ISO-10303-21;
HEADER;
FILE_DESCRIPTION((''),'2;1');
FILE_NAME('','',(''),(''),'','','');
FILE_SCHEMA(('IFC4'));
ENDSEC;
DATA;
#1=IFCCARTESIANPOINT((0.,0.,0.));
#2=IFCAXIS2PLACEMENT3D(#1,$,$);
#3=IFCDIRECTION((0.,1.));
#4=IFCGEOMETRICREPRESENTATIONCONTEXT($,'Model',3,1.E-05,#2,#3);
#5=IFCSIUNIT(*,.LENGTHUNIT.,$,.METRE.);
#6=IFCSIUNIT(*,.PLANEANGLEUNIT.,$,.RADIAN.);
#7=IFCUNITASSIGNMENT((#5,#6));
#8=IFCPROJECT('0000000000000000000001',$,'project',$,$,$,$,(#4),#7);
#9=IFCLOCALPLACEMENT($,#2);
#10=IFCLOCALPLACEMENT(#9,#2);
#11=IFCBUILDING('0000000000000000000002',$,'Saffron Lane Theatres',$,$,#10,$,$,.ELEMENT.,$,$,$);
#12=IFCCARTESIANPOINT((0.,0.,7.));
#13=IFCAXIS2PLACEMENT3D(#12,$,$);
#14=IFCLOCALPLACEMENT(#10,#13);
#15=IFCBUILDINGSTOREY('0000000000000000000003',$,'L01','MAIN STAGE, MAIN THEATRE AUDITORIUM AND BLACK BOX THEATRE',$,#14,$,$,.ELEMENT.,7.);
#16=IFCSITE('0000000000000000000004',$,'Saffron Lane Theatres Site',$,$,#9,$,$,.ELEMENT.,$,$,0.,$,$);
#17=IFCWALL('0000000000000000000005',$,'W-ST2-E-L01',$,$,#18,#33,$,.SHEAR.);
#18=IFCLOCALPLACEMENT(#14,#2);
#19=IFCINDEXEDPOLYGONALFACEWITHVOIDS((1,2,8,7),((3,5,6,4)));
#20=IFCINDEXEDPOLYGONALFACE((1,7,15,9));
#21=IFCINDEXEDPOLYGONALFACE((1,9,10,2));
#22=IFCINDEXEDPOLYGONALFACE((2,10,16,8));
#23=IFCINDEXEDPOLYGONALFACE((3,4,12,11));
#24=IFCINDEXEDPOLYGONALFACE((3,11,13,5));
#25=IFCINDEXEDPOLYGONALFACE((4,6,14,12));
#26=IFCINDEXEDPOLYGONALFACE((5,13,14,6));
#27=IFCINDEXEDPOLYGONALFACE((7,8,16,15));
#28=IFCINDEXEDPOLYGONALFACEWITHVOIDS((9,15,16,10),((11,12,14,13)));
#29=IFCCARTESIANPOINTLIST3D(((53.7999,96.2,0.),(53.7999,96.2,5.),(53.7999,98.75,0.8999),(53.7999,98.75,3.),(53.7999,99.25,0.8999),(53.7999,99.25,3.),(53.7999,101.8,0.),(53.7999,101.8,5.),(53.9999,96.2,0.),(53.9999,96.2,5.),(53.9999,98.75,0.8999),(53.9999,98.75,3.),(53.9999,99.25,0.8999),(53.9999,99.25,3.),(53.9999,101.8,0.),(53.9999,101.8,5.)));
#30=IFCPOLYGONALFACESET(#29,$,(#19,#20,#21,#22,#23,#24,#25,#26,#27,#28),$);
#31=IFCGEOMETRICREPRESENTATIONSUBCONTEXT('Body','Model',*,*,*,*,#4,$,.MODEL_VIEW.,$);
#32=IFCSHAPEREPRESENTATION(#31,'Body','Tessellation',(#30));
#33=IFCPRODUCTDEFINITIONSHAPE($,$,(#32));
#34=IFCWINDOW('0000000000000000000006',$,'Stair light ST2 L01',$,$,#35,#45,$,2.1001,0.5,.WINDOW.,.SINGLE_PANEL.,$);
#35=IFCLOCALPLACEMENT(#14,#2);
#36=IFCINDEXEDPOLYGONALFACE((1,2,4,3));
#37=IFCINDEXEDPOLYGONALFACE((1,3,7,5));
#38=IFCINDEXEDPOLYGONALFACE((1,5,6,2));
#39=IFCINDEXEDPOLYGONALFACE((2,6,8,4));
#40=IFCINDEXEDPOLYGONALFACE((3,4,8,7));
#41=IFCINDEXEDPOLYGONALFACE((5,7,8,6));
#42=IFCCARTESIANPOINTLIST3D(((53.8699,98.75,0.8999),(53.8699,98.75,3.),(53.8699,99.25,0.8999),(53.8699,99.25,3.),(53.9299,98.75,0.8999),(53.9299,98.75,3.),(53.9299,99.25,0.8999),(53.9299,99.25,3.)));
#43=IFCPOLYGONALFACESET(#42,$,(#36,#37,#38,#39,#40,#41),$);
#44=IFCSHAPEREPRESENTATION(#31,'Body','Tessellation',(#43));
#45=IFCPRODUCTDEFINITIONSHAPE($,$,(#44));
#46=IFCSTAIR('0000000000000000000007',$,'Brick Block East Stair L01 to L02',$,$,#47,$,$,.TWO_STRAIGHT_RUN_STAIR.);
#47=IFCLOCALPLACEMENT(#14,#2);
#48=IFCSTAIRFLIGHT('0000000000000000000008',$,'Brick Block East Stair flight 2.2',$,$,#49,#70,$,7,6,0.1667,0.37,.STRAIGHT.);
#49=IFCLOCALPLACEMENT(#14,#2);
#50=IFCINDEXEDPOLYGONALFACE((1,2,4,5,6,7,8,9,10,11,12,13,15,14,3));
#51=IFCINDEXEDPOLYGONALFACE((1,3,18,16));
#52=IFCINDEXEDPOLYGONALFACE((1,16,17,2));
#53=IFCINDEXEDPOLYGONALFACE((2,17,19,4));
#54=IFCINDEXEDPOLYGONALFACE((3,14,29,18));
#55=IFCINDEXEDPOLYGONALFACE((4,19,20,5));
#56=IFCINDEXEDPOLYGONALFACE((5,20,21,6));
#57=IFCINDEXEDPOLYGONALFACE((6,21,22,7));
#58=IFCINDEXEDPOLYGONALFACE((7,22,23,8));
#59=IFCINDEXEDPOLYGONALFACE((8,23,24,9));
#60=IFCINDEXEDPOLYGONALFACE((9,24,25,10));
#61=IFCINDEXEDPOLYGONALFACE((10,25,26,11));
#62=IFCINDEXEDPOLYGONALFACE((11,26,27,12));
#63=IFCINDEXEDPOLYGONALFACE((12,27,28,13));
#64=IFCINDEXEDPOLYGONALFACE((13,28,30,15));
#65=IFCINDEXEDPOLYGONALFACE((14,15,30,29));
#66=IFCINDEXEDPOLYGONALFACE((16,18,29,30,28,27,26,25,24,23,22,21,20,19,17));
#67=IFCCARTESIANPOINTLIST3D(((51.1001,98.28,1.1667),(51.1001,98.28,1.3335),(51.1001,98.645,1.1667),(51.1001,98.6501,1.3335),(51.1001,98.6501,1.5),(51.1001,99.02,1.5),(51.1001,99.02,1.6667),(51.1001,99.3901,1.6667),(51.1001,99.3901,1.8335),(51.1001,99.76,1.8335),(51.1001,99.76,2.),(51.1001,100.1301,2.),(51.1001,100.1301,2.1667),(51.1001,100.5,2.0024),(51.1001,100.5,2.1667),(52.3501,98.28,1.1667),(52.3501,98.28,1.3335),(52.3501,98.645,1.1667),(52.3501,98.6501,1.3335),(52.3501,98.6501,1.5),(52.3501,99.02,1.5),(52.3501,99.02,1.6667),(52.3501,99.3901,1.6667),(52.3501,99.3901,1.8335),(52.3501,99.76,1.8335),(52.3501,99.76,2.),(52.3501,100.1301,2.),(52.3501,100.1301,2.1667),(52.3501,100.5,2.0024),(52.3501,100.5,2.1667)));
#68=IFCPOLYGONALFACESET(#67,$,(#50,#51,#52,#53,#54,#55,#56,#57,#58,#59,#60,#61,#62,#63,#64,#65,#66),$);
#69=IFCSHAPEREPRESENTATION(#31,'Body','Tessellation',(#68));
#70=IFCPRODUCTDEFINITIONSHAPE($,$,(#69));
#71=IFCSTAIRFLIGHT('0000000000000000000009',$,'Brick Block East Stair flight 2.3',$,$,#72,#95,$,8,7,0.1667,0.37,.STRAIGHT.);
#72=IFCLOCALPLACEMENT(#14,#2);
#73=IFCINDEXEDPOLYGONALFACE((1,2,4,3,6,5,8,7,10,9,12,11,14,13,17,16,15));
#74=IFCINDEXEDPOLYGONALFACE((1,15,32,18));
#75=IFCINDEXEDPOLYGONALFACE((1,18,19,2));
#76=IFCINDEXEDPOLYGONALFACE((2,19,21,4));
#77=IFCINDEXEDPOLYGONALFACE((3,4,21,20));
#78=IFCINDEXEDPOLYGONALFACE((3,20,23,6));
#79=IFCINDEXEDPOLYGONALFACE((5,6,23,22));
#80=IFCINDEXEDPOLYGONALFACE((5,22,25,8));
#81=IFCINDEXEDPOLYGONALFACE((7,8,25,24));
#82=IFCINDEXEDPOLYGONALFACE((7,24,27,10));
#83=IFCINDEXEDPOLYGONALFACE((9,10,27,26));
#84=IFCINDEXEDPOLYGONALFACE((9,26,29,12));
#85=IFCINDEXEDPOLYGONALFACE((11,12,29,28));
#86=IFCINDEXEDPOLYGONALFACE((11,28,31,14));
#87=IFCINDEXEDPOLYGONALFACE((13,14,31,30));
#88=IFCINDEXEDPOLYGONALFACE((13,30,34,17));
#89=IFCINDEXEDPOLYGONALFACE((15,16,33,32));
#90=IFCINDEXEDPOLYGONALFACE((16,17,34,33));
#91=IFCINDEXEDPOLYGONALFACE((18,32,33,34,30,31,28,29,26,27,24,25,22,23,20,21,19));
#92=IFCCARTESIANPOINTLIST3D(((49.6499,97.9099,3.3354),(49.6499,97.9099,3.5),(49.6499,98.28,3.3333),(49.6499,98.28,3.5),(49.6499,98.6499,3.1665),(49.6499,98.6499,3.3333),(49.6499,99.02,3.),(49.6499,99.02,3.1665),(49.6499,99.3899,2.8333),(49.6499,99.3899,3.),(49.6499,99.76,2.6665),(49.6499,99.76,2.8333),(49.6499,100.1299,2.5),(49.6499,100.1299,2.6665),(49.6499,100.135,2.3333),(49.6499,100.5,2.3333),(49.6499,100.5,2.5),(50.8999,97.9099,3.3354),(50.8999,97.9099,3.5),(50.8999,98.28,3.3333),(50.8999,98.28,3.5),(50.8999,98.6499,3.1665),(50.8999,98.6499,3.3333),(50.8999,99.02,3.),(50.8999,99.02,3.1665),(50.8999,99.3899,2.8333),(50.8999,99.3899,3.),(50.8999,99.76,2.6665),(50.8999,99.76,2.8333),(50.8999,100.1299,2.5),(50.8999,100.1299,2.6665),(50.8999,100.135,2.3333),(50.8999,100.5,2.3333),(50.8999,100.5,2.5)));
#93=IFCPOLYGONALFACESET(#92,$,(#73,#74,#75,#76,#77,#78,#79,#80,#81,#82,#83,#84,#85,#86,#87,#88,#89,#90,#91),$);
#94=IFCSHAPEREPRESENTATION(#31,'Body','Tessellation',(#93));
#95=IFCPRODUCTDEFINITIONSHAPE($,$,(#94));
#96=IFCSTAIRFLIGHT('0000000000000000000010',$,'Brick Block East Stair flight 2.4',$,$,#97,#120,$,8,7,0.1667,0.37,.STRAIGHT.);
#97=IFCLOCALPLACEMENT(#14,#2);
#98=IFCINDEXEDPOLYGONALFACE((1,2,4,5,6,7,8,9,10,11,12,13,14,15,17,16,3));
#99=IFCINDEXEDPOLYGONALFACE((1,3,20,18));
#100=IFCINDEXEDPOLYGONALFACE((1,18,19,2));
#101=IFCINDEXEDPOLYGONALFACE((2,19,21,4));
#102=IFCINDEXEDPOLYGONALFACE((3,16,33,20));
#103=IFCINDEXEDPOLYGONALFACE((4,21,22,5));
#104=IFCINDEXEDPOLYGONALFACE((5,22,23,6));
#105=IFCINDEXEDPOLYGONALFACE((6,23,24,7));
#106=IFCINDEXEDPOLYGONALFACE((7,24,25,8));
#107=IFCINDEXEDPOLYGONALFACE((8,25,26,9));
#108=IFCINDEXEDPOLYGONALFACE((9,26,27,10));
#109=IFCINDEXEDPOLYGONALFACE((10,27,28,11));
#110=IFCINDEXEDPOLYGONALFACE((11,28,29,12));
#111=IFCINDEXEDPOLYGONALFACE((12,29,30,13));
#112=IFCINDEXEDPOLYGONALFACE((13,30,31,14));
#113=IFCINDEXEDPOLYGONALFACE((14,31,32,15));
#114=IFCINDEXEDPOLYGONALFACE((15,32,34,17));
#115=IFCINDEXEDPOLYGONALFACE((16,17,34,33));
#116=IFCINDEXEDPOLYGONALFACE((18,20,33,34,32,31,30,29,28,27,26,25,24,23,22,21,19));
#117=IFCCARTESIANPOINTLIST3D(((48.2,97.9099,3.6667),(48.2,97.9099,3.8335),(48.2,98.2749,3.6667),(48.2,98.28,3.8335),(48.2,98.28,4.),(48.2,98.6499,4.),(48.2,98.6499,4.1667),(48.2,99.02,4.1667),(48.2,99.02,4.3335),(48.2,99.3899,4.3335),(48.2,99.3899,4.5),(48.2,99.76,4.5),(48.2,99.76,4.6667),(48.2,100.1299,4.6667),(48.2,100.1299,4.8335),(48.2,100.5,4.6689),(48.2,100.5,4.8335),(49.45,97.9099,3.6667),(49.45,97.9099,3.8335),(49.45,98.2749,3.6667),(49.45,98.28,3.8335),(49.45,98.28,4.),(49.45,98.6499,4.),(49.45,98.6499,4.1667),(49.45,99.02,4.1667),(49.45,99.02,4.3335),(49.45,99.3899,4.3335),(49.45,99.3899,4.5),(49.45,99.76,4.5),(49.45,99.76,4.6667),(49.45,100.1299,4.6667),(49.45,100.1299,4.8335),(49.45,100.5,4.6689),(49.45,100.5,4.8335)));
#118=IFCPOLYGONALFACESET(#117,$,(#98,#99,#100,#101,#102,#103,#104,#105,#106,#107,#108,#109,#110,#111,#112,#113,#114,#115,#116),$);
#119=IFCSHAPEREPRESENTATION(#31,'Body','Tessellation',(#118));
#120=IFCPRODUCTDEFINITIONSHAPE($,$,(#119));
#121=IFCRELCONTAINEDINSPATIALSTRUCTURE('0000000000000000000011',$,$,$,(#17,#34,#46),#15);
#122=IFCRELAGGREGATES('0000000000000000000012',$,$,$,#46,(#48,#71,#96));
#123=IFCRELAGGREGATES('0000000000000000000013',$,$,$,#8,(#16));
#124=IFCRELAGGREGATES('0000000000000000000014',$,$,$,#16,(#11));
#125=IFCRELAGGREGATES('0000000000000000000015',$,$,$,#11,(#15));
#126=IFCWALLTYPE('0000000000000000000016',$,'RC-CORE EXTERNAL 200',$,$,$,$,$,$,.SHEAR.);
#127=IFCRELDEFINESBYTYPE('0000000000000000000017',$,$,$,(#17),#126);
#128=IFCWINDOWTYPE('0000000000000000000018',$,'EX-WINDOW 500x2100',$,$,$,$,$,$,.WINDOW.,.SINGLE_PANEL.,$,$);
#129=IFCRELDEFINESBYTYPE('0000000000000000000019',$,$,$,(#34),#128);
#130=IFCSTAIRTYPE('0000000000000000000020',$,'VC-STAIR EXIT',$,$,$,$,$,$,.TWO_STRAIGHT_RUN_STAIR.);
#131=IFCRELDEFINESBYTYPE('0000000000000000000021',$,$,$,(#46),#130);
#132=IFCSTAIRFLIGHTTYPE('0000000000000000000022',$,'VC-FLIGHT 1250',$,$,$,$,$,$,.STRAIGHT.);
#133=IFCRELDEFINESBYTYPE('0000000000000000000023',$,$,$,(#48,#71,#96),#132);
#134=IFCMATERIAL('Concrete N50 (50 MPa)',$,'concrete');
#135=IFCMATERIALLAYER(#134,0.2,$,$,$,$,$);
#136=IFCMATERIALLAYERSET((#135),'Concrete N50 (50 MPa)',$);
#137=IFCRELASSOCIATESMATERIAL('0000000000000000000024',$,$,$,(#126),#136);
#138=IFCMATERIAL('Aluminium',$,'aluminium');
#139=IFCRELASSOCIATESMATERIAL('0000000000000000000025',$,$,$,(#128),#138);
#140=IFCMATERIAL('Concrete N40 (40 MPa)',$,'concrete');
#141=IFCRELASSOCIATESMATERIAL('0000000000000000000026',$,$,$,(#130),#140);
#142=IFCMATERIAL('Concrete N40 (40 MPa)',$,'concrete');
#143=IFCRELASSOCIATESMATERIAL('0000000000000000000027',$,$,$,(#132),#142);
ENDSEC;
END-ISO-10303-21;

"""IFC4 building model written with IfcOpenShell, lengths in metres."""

from ifc_helpers import new_model, si_unit, direction, frame, frame_2d, origin, place, context, subcontext, project, spatial, polyline, rectangle, outline, extrude, material, layer, layer_set, type_object, element, fill, aggregate, save


model = new_model("IFC4")

# Units and contexts
model_context = context("Model", 3, precision=1e-05, world=origin(), true_north=direction((0.0, 1.0)))
body_context = subcontext(model_context, "Body", "Model", "MODEL_VIEW")
ifc_project = project(units=[si_unit("LENGTHUNIT", "METRE"), si_unit("PLANEANGLEUNIT", "RADIAN")], contexts=[model_context])

# Site, building, storey
site_placement = place(None, origin())
site = spatial("IfcSite", under=ifc_project, at=site_placement, Name="Saffron Lane Theatres Site", CompositionType="ELEMENT", RefElevation=0.0)
building_placement = place(site_placement, origin())
building = spatial("IfcBuilding", under=site, at=building_placement, Name="Saffron Lane Theatres", CompositionType="ELEMENT")
storey_placement = place(building_placement, frame((0.0, 0.0, 7.0)))
storey = spatial("IfcBuildingStorey", under=building, at=storey_placement, Name="L01", Description="MAIN STAGE, MAIN THEATRE AUDITORIUM AND BLACK BOX THEATRE", CompositionType="ELEMENT", Elevation=7.0)

# Wall, opening, window
ifc_material_1 = material(Name="Concrete N50 (50 MPa)", Category="concrete")
ifc_layer_1 = layer(ifc_material_1, 0.2)
ifc_layer_set_1 = layer_set([ifc_layer_1], Name="Concrete N50 (50 MPa)")
wall_type_1 = type_object("IfcWallType", Name="RC-CORE EXTERNAL 200", PredefinedType="SHEAR", material=ifc_layer_set_1)
wall_1_placement = place(storey_placement, frame((53.8999, 96.2, 0.0), z_axis=(0.0, 0.0, 1.0), x_axis=(0.0, 1.0, 0.0)))
wall_1 = element("IfcWall", 1, at=wall_1_placement, inside=storey, type_object=wall_type_1, Name="W-ST2-E-L01", PredefinedType="SHEAR", context=body_context, shape_type="SweptSolid", body=[
    extrude(rectangle(XDim=5.6001, YDim=0.2, at=frame_2d((2.8, 0.0))), origin(), (0.0, 0.0, 1.0), 5.0),
])
opening_1_placement = place(wall_1_placement, frame((2.55, 0.0, 0.8999)))
opening_1 = element("IfcOpeningElement", 2, at=opening_1_placement, cuts=wall_1, PredefinedType="OPENING", context=body_context, shape_type="SweptSolid", body=[
    extrude(rectangle(XDim=0.5, YDim=2.1001, at=frame_2d((0.25, 1.05))), frame((0.0, 0.1099, 0.0), z_axis=(0.0, -1.0, 0.0), x_axis=(1.0, 0.0, 0.0)), (0.0, 0.0, 1.0), 0.22),
])
ifc_material_2 = material(Name="Aluminium", Category="aluminium")
window_type = type_object("IfcWindowType", Name="EX-WINDOW 500x2100", PartitioningType="SINGLE_PANEL", PredefinedType="WINDOW", material=ifc_material_2)
window_placement = place(opening_1_placement, origin())
window = element("IfcWindow", 3, at=window_placement, inside=storey, type_object=window_type, Name="Stair light ST2 L01", OverallHeight=2.1001, OverallWidth=0.5, PartitioningType="SINGLE_PANEL", PredefinedType="WINDOW", context=body_context, shape_type="SweptSolid", body=[
    extrude(rectangle(XDim=0.5, YDim=2.1001, at=frame_2d((0.25, 1.05))), frame((0.0, 0.03, 0.0), z_axis=(0.0, -1.0, 0.0), x_axis=(1.0, 0.0, 0.0)), (0.0, 0.0, 1.0), 0.0601),
])
fill(opening_1, window)

# Stair, stair flights
ifc_material_3 = material(Name="Concrete N40 (40 MPa)", Category="concrete")
stair_type = type_object("IfcStairType", Name="VC-STAIR EXIT", PredefinedType="TWO_STRAIGHT_RUN_STAIR", material=ifc_material_3)
stair_placement = place(storey_placement, origin())
stair = element("IfcStair", 4, at=stair_placement, inside=storey, type_object=stair_type, Name="Brick Block East Stair L01 to L02", PredefinedType="TWO_STRAIGHT_RUN_STAIR")
ifc_material_4 = material(Name="Concrete N40 (40 MPa)", Category="concrete")
stair_flight_type = type_object("IfcStairFlightType", Name="VC-FLIGHT 1250", PredefinedType="STRAIGHT", material=ifc_material_4)
stair_flight_1_placement = place(storey_placement, frame((51.7251, 98.28, 1.1667), z_axis=(0.0, 0.0, 1.0), x_axis=(0.0, 1.0, 0.0)))
stair_flight_1 = element("IfcStairFlight", 5, at=stair_flight_1_placement, type_object=stair_flight_type, Name="Brick Block East Stair flight 2.2", NumberOfRisers=7, NumberOfTreads=6, PredefinedType="STRAIGHT", RiserHeight=0.1667, TreadLength=0.37, context=body_context, shape_type="SweptSolid", body=[
    extrude(outline(polyline([(0.0, 0.0), (0.0, 0.1667), (0.3701, 0.1667), (0.3701, 0.3333), (0.74, 0.3333), (0.74, 0.5), (1.1101, 0.5), (1.1101, 0.6667), (1.48, 0.6667), (1.48, 0.8333), (1.8501, 0.8333), (1.8501, 1.0), (2.22, 1.0), (2.22, 1.1667), (2.22, 0.8357), (0.365, 0.0), (0.0, 0.0)])), frame((0.0, 0.625, 0.0), z_axis=(0.0, -1.0, 0.0), x_axis=(1.0, 0.0, 0.0)), (0.0, 0.0, 1.0), 1.25),
])
stair_flight_2_placement = place(storey_placement, frame((50.2749, 100.5, 2.3333), z_axis=(0.0, 0.0, 1.0), x_axis=(0.0, -1.0, 0.0)))
stair_flight_2 = element("IfcStairFlight", 6, at=stair_flight_2_placement, type_object=stair_flight_type, Name="Brick Block East Stair flight 2.3", NumberOfRisers=8, NumberOfTreads=7, PredefinedType="STRAIGHT", RiserHeight=0.1667, TreadLength=0.37, context=body_context, shape_type="SweptSolid", body=[
    extrude(outline(polyline([(0.0, 0.0), (0.0, 0.1667), (0.3701, 0.1667), (0.3701, 0.3333), (0.74, 0.3333), (0.74, 0.5), (1.1101, 0.5), (1.1101, 0.6667), (1.48, 0.6667), (1.48, 0.8333), (1.8501, 0.8333), (1.8501, 1.0), (2.22, 1.0), (2.22, 1.1667), (2.5901, 1.1667), (2.5901, 1.3333), (2.5901, 1.0022), (0.365, 0.0), (0.0, 0.0)])), frame((0.0, 0.625, 0.0), z_axis=(0.0, -1.0, 0.0), x_axis=(1.0, 0.0, 0.0)), (0.0, 0.0, 1.0), 1.25),
])
stair_flight_3_placement = place(storey_placement, frame((48.825, 97.9099, 3.6667), z_axis=(0.0, 0.0, 1.0), x_axis=(0.0, 1.0, 0.0)))
stair_flight_3 = element("IfcStairFlight", 7, at=stair_flight_3_placement, type_object=stair_flight_type, Name="Brick Block East Stair flight 2.4", NumberOfRisers=8, NumberOfTreads=7, PredefinedType="STRAIGHT", RiserHeight=0.1667, TreadLength=0.37, context=body_context, shape_type="SweptSolid", body=[
    extrude(outline(polyline([(0.0, 0.0), (0.0, 0.1667), (0.3701, 0.1667), (0.3701, 0.3333), (0.74, 0.3333), (0.74, 0.5), (1.1101, 0.5), (1.1101, 0.6667), (1.48, 0.6667), (1.48, 0.8333), (1.8501, 0.8333), (1.8501, 1.0), (2.22, 1.0), (2.22, 1.1667), (2.5901, 1.1667), (2.5901, 1.3333), (2.5901, 1.0022), (0.365, 0.0), (0.0, 0.0)])), frame((0.0, 0.625, 0.0), z_axis=(0.0, -1.0, 0.0), x_axis=(1.0, 0.0, 0.0)), (0.0, 0.0, 1.0), 1.25),
])
aggregate(stair, [stair_flight_1, stair_flight_2, stair_flight_3])

save(model, "model.ifc")
